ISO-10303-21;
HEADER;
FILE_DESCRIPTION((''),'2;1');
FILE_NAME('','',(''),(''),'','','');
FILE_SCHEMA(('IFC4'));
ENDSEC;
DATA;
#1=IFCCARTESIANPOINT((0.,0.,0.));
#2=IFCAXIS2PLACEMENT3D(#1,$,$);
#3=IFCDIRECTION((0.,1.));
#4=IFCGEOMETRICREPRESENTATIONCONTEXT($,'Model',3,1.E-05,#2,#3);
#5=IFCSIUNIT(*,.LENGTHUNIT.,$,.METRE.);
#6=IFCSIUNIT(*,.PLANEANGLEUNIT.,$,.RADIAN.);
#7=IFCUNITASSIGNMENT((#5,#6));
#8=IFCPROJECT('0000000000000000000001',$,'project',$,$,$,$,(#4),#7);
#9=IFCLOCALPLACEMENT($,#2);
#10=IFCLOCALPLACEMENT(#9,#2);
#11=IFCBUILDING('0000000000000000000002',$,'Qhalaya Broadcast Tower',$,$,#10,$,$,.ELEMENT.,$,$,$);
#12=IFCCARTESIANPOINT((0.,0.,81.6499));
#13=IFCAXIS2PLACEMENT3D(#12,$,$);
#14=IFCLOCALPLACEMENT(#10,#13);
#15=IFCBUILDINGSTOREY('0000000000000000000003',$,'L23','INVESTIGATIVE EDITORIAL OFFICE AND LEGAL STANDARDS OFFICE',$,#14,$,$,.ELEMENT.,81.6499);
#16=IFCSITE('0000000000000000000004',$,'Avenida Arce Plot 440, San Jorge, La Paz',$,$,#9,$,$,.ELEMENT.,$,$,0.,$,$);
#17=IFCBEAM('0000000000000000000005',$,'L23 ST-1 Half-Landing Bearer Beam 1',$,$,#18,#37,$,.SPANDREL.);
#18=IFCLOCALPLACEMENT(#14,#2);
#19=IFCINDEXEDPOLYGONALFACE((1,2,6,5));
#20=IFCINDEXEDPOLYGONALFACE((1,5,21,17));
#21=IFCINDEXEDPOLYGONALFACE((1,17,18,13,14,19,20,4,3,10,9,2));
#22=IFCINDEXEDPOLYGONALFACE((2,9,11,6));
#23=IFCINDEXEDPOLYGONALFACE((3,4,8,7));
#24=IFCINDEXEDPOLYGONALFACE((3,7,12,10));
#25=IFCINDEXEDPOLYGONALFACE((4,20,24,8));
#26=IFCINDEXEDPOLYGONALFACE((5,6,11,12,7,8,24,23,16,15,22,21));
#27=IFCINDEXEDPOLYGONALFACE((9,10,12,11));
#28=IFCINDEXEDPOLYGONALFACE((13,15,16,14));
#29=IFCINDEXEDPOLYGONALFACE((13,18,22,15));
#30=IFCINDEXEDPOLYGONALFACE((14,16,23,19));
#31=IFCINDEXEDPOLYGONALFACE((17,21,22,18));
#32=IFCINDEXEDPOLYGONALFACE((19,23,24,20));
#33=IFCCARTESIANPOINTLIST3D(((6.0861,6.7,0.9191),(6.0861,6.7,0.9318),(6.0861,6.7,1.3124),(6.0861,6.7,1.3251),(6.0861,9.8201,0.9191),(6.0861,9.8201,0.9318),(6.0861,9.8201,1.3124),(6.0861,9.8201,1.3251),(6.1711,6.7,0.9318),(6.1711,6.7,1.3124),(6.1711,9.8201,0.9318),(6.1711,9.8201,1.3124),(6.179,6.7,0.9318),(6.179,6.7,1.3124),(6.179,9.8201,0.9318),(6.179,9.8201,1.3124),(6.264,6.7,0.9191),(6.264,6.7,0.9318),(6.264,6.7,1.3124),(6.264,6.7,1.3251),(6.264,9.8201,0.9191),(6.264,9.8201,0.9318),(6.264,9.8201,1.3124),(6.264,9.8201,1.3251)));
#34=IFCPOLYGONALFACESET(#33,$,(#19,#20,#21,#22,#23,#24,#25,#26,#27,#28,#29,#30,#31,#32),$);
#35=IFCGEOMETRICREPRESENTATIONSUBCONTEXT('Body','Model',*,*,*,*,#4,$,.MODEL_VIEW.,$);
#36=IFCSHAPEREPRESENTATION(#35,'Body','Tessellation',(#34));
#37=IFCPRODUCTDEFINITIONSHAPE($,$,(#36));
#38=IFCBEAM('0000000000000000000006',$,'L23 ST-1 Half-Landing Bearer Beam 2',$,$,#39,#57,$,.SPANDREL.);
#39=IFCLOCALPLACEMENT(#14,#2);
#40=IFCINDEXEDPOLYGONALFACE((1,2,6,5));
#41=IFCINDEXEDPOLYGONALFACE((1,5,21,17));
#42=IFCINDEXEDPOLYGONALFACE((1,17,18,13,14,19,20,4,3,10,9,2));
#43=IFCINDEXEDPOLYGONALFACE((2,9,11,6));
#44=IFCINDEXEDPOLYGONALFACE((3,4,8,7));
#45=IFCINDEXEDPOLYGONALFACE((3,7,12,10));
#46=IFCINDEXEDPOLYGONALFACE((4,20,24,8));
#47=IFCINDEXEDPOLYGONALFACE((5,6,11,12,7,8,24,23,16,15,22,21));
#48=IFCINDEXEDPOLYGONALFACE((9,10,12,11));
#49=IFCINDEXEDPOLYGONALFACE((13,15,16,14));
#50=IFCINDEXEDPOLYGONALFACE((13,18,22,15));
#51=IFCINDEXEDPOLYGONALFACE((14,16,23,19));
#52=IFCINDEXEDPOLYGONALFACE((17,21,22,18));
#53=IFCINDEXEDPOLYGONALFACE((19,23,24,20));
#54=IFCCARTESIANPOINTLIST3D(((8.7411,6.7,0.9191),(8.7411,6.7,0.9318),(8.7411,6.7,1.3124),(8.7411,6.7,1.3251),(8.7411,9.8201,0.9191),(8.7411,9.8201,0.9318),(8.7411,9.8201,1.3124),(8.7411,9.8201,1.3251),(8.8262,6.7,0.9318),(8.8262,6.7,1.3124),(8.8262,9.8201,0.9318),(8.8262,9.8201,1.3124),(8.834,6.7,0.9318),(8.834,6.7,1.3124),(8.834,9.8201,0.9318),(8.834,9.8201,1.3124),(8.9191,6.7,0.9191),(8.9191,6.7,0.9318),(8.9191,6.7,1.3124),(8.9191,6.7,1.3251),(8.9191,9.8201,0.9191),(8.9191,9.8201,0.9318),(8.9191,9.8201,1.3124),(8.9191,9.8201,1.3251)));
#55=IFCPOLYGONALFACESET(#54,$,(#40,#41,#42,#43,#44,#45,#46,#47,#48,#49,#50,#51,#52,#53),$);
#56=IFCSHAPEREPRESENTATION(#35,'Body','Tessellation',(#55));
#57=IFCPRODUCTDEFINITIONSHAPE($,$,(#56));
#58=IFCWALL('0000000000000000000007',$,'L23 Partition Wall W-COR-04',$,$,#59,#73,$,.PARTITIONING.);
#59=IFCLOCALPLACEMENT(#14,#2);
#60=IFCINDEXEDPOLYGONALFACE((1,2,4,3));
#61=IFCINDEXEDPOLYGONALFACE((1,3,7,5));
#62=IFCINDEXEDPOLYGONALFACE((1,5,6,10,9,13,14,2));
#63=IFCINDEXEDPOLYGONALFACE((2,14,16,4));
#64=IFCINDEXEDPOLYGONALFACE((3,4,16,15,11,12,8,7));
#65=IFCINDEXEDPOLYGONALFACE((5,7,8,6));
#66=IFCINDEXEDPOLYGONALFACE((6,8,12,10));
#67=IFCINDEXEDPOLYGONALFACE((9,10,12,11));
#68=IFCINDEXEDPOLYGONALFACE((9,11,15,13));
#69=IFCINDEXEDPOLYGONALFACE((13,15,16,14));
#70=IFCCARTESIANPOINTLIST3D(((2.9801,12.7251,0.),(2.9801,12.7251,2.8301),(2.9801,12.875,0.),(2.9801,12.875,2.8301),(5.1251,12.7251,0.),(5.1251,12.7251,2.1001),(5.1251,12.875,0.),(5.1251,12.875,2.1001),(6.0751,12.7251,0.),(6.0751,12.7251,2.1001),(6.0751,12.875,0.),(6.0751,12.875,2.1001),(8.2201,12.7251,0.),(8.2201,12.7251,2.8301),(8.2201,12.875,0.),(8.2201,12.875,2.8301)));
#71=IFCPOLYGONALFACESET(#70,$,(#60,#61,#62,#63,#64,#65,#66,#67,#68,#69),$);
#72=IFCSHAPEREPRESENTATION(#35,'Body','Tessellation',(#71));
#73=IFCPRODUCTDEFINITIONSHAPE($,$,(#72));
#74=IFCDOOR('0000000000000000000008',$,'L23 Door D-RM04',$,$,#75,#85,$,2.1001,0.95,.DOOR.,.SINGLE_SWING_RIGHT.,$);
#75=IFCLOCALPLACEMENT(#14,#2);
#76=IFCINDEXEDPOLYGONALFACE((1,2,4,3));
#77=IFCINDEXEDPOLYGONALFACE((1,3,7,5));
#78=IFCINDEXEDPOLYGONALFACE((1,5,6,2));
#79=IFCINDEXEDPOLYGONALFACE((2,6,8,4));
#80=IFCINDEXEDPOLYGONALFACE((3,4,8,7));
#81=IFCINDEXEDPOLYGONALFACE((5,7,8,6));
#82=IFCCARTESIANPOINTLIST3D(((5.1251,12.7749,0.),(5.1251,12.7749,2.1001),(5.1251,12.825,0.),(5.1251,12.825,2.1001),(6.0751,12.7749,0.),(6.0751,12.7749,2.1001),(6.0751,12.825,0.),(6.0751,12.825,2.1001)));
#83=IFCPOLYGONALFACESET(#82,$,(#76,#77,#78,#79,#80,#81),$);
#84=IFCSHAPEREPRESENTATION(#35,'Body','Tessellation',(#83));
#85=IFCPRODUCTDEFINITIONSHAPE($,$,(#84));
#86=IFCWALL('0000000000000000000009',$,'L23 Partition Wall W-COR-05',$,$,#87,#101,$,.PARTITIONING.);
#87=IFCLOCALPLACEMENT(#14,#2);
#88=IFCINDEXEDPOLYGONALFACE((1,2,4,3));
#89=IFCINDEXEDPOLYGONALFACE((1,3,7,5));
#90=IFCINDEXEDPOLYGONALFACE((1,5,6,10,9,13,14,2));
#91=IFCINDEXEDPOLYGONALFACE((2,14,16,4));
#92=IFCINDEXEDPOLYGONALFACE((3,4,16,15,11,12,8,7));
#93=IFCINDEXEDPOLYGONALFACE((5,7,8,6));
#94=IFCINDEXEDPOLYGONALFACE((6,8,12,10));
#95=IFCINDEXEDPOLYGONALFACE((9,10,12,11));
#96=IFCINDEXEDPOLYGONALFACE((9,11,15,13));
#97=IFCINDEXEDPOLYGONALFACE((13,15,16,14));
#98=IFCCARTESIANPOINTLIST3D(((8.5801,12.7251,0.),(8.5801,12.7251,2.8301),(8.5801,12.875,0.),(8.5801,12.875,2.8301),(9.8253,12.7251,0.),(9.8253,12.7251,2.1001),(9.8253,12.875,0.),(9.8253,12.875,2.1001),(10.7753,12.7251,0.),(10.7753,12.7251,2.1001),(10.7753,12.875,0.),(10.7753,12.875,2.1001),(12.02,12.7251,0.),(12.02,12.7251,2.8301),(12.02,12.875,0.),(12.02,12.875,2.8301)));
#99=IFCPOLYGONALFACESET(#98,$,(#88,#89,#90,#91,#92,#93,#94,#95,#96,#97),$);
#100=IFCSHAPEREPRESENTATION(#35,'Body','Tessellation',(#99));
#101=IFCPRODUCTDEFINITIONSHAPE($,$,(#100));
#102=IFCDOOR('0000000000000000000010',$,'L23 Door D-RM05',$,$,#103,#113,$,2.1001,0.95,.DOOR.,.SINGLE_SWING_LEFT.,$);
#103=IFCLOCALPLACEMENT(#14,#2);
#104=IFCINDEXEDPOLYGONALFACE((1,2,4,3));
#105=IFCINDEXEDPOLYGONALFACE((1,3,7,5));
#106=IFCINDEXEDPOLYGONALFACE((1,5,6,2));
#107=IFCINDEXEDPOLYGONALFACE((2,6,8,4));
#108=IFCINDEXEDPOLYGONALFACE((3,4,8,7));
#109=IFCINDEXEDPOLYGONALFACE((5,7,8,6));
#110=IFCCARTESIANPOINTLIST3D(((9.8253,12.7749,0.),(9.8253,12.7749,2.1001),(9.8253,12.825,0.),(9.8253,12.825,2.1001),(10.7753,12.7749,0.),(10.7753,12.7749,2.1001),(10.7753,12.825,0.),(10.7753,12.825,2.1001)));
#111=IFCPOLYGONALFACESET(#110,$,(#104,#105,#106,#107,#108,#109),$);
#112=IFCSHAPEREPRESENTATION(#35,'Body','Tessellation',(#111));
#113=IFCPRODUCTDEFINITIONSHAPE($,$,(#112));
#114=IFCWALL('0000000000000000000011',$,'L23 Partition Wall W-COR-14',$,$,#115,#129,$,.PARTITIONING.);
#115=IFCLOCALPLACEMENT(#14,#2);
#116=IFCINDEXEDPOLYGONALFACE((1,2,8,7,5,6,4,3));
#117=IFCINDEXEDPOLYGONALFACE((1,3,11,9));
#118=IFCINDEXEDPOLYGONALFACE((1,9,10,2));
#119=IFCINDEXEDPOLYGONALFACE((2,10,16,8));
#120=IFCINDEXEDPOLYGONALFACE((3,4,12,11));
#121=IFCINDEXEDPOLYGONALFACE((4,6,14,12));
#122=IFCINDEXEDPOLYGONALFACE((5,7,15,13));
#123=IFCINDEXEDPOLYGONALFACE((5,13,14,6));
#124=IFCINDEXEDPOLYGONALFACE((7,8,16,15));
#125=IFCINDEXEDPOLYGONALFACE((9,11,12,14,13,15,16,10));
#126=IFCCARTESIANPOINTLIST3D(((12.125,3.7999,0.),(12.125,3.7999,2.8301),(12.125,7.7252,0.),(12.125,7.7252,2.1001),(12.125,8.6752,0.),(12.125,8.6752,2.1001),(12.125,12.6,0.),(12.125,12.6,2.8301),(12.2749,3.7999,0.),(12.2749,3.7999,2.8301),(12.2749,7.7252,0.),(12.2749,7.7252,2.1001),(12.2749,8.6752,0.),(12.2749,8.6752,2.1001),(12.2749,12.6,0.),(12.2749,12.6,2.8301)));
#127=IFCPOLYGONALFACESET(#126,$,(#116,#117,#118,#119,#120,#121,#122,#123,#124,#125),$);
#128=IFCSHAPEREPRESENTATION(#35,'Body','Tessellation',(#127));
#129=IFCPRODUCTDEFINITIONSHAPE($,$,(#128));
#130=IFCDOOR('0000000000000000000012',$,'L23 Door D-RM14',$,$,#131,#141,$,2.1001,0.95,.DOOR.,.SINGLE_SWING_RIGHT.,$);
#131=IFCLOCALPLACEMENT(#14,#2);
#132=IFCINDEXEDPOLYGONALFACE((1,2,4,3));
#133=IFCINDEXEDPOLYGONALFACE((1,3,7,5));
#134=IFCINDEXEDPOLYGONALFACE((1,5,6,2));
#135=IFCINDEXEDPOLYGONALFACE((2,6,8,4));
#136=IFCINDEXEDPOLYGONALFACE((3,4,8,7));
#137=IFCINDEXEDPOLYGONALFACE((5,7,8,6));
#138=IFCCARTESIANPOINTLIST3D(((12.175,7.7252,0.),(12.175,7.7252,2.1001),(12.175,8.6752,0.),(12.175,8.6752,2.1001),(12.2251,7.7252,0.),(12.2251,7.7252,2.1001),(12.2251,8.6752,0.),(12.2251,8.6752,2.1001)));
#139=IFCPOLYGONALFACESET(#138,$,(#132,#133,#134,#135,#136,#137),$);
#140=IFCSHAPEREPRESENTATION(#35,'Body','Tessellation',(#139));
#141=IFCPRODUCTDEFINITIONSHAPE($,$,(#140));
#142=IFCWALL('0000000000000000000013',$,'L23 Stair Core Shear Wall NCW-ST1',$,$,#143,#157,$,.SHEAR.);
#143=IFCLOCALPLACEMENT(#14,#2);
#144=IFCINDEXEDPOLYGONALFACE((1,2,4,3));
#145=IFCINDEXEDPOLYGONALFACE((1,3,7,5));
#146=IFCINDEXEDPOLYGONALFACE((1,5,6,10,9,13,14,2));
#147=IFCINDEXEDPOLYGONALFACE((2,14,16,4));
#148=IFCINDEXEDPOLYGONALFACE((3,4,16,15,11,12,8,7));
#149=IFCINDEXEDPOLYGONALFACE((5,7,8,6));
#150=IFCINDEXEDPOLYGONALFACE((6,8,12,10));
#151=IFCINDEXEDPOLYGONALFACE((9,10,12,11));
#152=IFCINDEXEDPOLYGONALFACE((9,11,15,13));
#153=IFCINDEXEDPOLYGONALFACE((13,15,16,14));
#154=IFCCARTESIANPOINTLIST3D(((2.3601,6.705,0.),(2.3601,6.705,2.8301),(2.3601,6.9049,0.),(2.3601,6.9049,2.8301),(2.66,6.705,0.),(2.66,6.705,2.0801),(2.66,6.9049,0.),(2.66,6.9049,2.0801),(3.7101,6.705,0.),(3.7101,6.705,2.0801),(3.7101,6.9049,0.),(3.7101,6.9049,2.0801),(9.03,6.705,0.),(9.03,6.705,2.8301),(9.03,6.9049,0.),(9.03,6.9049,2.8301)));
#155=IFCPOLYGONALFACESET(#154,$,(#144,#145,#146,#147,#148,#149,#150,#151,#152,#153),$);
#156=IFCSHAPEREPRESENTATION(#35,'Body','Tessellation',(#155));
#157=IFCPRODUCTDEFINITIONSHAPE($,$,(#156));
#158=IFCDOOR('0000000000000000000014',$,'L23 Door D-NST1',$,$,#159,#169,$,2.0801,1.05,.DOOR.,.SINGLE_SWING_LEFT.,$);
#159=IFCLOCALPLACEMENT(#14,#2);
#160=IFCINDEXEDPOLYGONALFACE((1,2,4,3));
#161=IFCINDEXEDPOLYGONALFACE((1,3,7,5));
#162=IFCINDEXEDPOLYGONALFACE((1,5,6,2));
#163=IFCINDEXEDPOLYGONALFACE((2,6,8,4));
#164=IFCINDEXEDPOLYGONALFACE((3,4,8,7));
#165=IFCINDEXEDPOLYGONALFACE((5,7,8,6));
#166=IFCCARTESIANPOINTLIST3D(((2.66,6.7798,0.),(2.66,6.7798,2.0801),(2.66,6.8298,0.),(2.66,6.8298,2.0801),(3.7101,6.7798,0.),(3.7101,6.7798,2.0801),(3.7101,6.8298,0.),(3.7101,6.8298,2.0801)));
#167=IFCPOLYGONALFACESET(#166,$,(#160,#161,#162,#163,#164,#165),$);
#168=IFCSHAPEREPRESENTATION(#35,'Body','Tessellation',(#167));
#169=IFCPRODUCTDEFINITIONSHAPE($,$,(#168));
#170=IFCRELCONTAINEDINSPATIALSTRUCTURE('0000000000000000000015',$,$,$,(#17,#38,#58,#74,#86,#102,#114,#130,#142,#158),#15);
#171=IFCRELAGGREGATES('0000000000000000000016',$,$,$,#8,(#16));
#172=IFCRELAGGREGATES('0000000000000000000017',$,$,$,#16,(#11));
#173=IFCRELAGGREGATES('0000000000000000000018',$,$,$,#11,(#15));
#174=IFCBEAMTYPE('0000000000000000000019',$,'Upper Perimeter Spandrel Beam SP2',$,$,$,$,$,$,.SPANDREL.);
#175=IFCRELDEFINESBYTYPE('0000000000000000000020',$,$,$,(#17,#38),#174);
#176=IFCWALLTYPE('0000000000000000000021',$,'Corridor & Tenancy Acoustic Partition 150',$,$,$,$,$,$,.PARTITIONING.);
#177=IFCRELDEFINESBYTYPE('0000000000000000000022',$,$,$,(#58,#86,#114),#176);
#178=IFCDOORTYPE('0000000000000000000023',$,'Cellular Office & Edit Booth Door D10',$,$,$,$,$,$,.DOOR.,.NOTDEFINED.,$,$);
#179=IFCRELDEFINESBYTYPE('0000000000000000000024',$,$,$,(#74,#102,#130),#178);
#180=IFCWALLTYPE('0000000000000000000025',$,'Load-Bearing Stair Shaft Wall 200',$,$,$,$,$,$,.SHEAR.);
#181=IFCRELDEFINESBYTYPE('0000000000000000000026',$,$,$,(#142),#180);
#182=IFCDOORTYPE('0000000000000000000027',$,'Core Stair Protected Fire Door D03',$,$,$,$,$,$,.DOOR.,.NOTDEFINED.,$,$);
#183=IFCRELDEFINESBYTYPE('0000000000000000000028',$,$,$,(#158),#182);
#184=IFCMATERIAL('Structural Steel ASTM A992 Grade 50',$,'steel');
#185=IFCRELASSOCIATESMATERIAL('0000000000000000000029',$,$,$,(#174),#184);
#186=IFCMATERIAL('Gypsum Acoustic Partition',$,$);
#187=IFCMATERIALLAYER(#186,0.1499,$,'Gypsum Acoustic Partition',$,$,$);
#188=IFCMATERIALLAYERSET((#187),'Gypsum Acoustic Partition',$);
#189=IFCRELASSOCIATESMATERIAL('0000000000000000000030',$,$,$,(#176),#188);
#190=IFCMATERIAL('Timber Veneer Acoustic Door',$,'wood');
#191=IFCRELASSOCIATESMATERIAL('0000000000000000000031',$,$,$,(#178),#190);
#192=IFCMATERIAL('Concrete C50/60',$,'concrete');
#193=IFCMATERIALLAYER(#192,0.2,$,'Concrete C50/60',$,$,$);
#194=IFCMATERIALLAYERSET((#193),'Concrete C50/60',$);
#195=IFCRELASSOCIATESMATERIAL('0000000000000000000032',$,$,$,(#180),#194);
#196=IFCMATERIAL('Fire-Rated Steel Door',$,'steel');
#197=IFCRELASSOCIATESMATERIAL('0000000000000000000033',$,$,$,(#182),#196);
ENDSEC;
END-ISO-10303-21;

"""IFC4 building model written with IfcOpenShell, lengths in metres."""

from ifc_helpers import new_model, si_unit, direction, frame, frame_2d, origin, origin_2d, place, context, subcontext, project, spatial, rectangle, i_section, extrude, material, layer, layer_set, material_profile, profile_set, type_object, element, fill, save


model = new_model("IFC4")

# Units and contexts
model_context = context("Model", 3, precision=1e-05, world=origin(), true_north=direction((0.0, 1.0)))
body_context = subcontext(model_context, "Body", "Model", "MODEL_VIEW")
ifc_project = project(units=[si_unit("LENGTHUNIT", "METRE"), si_unit("PLANEANGLEUNIT", "RADIAN")], contexts=[model_context])

# Site, building, storey
site_placement = place(None, origin())
site = spatial("IfcSite", under=ifc_project, at=site_placement, Name="Avenida Arce Plot 440, San Jorge, La Paz", CompositionType="ELEMENT", RefElevation=0.0)
building_placement = place(site_placement, origin())
building = spatial("IfcBuilding", under=site, at=building_placement, Name="Qhalaya Broadcast Tower", CompositionType="ELEMENT")
storey_placement = place(building_placement, frame((0.0, 0.0, 81.6499)))
storey = spatial("IfcBuildingStorey", under=building, at=storey_placement, Name="L23", Description="INVESTIGATIVE EDITORIAL OFFICE AND LEGAL STANDARDS OFFICE", CompositionType="ELEMENT", Elevation=81.6499)

# Shared definitions
ifc_material_1 = material(Name="Concrete C50/60", Category="concrete")

# Beams
ifc_material_2 = material(Name="Structural Steel ASTM A992 Grade 50", Category="steel")
ifc_material_profile_1 = material_profile(ifc_material_2, i_section(OverallWidth=0.178, OverallDepth=0.406, WebThickness=0.0078, FlangeThickness=0.0127, at=origin_2d()), Name="W16X40")
ifc_profile_set_1 = profile_set([ifc_material_profile_1], Name="Structural Steel ASTM A992 Grade 50")
beam_type_1 = type_object("IfcBeamType", Name="Upper Perimeter Spandrel Beam SP2", PredefinedType="SPANDREL", material=ifc_profile_set_1)
for number, where, z_axis, x_axis, name in (
    (1, (6.175, 6.7, 1.1221), (0.0, 1.0, 0.0), (-1.0, 0.0, 0.0), "L23 ST-1 Half-Landing Bearer Beam 1"),
    (2, (8.8301, 6.7, 1.1221), (0.0, 1.0, 0.0), (-1.0, 0.0, 0.0), "L23 ST-1 Half-Landing Bearer Beam 2"),
):
    element("IfcBeam", number, at=place(storey_placement, frame(where, z_axis=z_axis, x_axis=x_axis)), inside=storey, type_object=beam_type_1, Name=name, PredefinedType="SPANDREL", context=body_context, shape_type="SweptSolid", body=[
        extrude(i_section(OverallWidth=0.178, OverallDepth=0.406, WebThickness=0.0078, FlangeThickness=0.0127, at=origin_2d()), origin(), (0.0, 0.0, 1.0), 3.1201),
    ])

# Walls, openings, doors
ifc_material_3 = material(Name="Gypsum Acoustic Partition")
ifc_layer_1 = layer(ifc_material_3, 0.1499, Name="Gypsum Acoustic Partition")
ifc_layer_set_1 = layer_set([ifc_layer_1], Name="Gypsum Acoustic Partition")
wall_type_1 = type_object("IfcWallType", Name="Corridor & Tenancy Acoustic Partition 150", PredefinedType="PARTITIONING", material=ifc_layer_set_1)
wall_1_placement = place(storey_placement, frame((2.98, 12.8, 0.0), z_axis=(0.0, 0.0, 1.0), x_axis=(1.0, 0.0, 0.0)))
wall_1 = element("IfcWall", 3, at=wall_1_placement, inside=storey, type_object=wall_type_1, Name="L23 Partition Wall W-COR-04", PredefinedType="PARTITIONING", context=body_context, shape_type="SweptSolid", body=[
    extrude(rectangle(XDim=5.24, YDim=0.1499, at=frame_2d((2.6201, 0.0))), origin(), (0.0, 0.0, 1.0), 2.8301),
])
opening_1_placement = place(wall_1_placement, frame((2.145, 0.0, 0.0)))
opening_1 = element("IfcOpeningElement", 4, at=opening_1_placement, cuts=wall_1, PredefinedType="OPENING", context=body_context, shape_type="SweptSolid", body=[
    extrude(rectangle(XDim=0.95, YDim=2.1001, at=frame_2d((0.4751, 1.05))), frame((0.0, 0.0869, 0.0), z_axis=(0.0, -1.0, 0.0), x_axis=(1.0, 0.0, 0.0)), (0.0, 0.0, 1.0), 0.1738),
])
ifc_material_4 = material(Name="Timber Veneer Acoustic Door", Category="wood")
door_type_1 = type_object("IfcDoorType", Name="Cellular Office & Edit Booth Door D10", OperationType="NOTDEFINED", PredefinedType="DOOR", material=ifc_material_4)
door_1_placement = place(opening_1_placement, origin())
door_1 = element("IfcDoor", 5, at=door_1_placement, inside=storey, type_object=door_type_1, Name="L23 Door D-RM04", OperationType="SINGLE_SWING_RIGHT", OverallHeight=2.1001, OverallWidth=0.95, PredefinedType="DOOR", context=body_context, shape_type="SweptSolid", body=[
    extrude(rectangle(XDim=0.95, YDim=2.1001, at=frame_2d((0.4751, 1.05))), frame((0.0, 0.0249, 0.0), z_axis=(0.0, -1.0, 0.0), x_axis=(1.0, 0.0, 0.0)), (0.0, 0.0, 1.0), 0.05),
])
fill(opening_1, door_1)
wall_2_placement = place(storey_placement, frame((8.5801, 12.8, 0.0), z_axis=(0.0, 0.0, 1.0), x_axis=(1.0, 0.0, 0.0)))
wall_2 = element("IfcWall", 6, at=wall_2_placement, inside=storey, type_object=wall_type_1, Name="L23 Partition Wall W-COR-05", PredefinedType="PARTITIONING", context=body_context, shape_type="SweptSolid", body=[
    extrude(rectangle(XDim=3.4399, YDim=0.1499, at=frame_2d((1.72, 0.0))), origin(), (0.0, 0.0, 1.0), 2.8301),
])
opening_2_placement = place(wall_2_placement, frame((1.2451, 0.0, 0.0)))
opening_2 = element("IfcOpeningElement", 7, at=opening_2_placement, cuts=wall_2, PredefinedType="OPENING", context=body_context, shape_type="SweptSolid", body=[
    extrude(rectangle(XDim=0.95, YDim=2.1001, at=frame_2d((0.4751, 1.05))), frame((0.0, 0.0869, 0.0), z_axis=(0.0, -1.0, 0.0), x_axis=(1.0, 0.0, 0.0)), (0.0, 0.0, 1.0), 0.1738),
])
door_2_placement = place(opening_2_placement, origin())
door_2 = element("IfcDoor", 8, at=door_2_placement, inside=storey, type_object=door_type_1, Name="L23 Door D-RM05", OperationType="SINGLE_SWING_LEFT", OverallHeight=2.1001, OverallWidth=0.95, PredefinedType="DOOR", context=body_context, shape_type="SweptSolid", body=[
    extrude(rectangle(XDim=0.95, YDim=2.1001, at=frame_2d((0.4751, 1.05))), frame((0.0, 0.0249, 0.0), z_axis=(0.0, -1.0, 0.0), x_axis=(1.0, 0.0, 0.0)), (0.0, 0.0, 1.0), 0.05),
])
fill(opening_2, door_2)
wall_3_placement = place(storey_placement, frame((12.2, 3.8, 0.0), z_axis=(0.0, 0.0, 1.0), x_axis=(0.0, 1.0, 0.0)))
wall_3 = element("IfcWall", 9, at=wall_3_placement, inside=storey, type_object=wall_type_1, Name="L23 Partition Wall W-COR-14", PredefinedType="PARTITIONING", context=body_context, shape_type="SweptSolid", body=[
    extrude(rectangle(XDim=8.8, YDim=0.1499, at=frame_2d((4.3999, 0.0))), origin(), (0.0, 0.0, 1.0), 2.8301),
])
opening_3_placement = place(wall_3_placement, frame((3.925, 0.0, 0.0)))
opening_3 = element("IfcOpeningElement", 10, at=opening_3_placement, cuts=wall_3, PredefinedType="OPENING", context=body_context, shape_type="SweptSolid", body=[
    extrude(rectangle(XDim=0.95, YDim=2.1001, at=frame_2d((0.4751, 1.05))), frame((0.0, 0.0869, 0.0), z_axis=(0.0, -1.0, 0.0), x_axis=(1.0, 0.0, 0.0)), (0.0, 0.0, 1.0), 0.1738),
])
door_3_placement = place(opening_3_placement, origin())
door_3 = element("IfcDoor", 11, at=door_3_placement, inside=storey, type_object=door_type_1, Name="L23 Door D-RM14", OperationType="SINGLE_SWING_RIGHT", OverallHeight=2.1001, OverallWidth=0.95, PredefinedType="DOOR", context=body_context, shape_type="SweptSolid", body=[
    extrude(rectangle(XDim=0.95, YDim=2.1001, at=frame_2d((0.4751, 1.05))), frame((0.0, 0.0249, 0.0), z_axis=(0.0, -1.0, 0.0), x_axis=(1.0, 0.0, 0.0)), (0.0, 0.0, 1.0), 0.05),
])
fill(opening_3, door_3)
ifc_layer_2 = layer(ifc_material_1, 0.2, Name="Concrete C50/60")
ifc_layer_set_2 = layer_set([ifc_layer_2], Name="Concrete C50/60")
wall_type_2 = type_object("IfcWallType", Name="Load-Bearing Stair Shaft Wall 200", PredefinedType="SHEAR", material=ifc_layer_set_2)
wall_4_placement = place(storey_placement, frame((2.3601, 6.8049, 0.0), z_axis=(0.0, 0.0, 1.0), x_axis=(1.0, 0.0, 0.0)))
wall_4 = element("IfcWall", 12, at=wall_4_placement, inside=storey, type_object=wall_type_2, Name="L23 Stair Core Shear Wall NCW-ST1", PredefinedType="SHEAR", context=body_context, shape_type="SweptSolid", body=[
    extrude(rectangle(XDim=6.6699, YDim=0.2, at=frame_2d((3.335, 0.0))), origin(), (0.0, 0.0, 1.0), 2.8301),
])
opening_4_placement = place(wall_4_placement, frame((0.3, 0.0, 0.0)))
opening_4 = element("IfcOpeningElement", 13, at=opening_4_placement, cuts=wall_4, PredefinedType="OPENING", context=body_context, shape_type="SweptSolid", body=[
    extrude(rectangle(XDim=1.05, YDim=2.0801, at=frame_2d((0.5249, 1.04))), frame((0.0, 0.1121, 0.0), z_axis=(0.0, -1.0, 0.0), x_axis=(1.0, 0.0, 0.0)), (0.0, 0.0, 1.0), 0.2239),
])
ifc_material_5 = material(Name="Fire-Rated Steel Door", Category="steel")
door_type_2 = type_object("IfcDoorType", Name="Core Stair Protected Fire Door D03", OperationType="NOTDEFINED", PredefinedType="DOOR", material=ifc_material_5)
door_4_placement = place(opening_4_placement, origin())
door_4 = element("IfcDoor", 14, at=door_4_placement, inside=storey, type_object=door_type_2, Name="L23 Door D-NST1", OperationType="SINGLE_SWING_LEFT", OverallHeight=2.0801, OverallWidth=1.05, PredefinedType="DOOR", context=body_context, shape_type="SweptSolid", body=[
    extrude(rectangle(XDim=1.05, YDim=2.0801, at=frame_2d((0.5249, 1.04))), frame((0.0, 0.0249, 0.0), z_axis=(0.0, -1.0, 0.0), x_axis=(1.0, 0.0, 0.0)), (0.0, 0.0, 1.0), 0.05),
])
fill(opening_4, door_4)

save(model, "model.ifc")
